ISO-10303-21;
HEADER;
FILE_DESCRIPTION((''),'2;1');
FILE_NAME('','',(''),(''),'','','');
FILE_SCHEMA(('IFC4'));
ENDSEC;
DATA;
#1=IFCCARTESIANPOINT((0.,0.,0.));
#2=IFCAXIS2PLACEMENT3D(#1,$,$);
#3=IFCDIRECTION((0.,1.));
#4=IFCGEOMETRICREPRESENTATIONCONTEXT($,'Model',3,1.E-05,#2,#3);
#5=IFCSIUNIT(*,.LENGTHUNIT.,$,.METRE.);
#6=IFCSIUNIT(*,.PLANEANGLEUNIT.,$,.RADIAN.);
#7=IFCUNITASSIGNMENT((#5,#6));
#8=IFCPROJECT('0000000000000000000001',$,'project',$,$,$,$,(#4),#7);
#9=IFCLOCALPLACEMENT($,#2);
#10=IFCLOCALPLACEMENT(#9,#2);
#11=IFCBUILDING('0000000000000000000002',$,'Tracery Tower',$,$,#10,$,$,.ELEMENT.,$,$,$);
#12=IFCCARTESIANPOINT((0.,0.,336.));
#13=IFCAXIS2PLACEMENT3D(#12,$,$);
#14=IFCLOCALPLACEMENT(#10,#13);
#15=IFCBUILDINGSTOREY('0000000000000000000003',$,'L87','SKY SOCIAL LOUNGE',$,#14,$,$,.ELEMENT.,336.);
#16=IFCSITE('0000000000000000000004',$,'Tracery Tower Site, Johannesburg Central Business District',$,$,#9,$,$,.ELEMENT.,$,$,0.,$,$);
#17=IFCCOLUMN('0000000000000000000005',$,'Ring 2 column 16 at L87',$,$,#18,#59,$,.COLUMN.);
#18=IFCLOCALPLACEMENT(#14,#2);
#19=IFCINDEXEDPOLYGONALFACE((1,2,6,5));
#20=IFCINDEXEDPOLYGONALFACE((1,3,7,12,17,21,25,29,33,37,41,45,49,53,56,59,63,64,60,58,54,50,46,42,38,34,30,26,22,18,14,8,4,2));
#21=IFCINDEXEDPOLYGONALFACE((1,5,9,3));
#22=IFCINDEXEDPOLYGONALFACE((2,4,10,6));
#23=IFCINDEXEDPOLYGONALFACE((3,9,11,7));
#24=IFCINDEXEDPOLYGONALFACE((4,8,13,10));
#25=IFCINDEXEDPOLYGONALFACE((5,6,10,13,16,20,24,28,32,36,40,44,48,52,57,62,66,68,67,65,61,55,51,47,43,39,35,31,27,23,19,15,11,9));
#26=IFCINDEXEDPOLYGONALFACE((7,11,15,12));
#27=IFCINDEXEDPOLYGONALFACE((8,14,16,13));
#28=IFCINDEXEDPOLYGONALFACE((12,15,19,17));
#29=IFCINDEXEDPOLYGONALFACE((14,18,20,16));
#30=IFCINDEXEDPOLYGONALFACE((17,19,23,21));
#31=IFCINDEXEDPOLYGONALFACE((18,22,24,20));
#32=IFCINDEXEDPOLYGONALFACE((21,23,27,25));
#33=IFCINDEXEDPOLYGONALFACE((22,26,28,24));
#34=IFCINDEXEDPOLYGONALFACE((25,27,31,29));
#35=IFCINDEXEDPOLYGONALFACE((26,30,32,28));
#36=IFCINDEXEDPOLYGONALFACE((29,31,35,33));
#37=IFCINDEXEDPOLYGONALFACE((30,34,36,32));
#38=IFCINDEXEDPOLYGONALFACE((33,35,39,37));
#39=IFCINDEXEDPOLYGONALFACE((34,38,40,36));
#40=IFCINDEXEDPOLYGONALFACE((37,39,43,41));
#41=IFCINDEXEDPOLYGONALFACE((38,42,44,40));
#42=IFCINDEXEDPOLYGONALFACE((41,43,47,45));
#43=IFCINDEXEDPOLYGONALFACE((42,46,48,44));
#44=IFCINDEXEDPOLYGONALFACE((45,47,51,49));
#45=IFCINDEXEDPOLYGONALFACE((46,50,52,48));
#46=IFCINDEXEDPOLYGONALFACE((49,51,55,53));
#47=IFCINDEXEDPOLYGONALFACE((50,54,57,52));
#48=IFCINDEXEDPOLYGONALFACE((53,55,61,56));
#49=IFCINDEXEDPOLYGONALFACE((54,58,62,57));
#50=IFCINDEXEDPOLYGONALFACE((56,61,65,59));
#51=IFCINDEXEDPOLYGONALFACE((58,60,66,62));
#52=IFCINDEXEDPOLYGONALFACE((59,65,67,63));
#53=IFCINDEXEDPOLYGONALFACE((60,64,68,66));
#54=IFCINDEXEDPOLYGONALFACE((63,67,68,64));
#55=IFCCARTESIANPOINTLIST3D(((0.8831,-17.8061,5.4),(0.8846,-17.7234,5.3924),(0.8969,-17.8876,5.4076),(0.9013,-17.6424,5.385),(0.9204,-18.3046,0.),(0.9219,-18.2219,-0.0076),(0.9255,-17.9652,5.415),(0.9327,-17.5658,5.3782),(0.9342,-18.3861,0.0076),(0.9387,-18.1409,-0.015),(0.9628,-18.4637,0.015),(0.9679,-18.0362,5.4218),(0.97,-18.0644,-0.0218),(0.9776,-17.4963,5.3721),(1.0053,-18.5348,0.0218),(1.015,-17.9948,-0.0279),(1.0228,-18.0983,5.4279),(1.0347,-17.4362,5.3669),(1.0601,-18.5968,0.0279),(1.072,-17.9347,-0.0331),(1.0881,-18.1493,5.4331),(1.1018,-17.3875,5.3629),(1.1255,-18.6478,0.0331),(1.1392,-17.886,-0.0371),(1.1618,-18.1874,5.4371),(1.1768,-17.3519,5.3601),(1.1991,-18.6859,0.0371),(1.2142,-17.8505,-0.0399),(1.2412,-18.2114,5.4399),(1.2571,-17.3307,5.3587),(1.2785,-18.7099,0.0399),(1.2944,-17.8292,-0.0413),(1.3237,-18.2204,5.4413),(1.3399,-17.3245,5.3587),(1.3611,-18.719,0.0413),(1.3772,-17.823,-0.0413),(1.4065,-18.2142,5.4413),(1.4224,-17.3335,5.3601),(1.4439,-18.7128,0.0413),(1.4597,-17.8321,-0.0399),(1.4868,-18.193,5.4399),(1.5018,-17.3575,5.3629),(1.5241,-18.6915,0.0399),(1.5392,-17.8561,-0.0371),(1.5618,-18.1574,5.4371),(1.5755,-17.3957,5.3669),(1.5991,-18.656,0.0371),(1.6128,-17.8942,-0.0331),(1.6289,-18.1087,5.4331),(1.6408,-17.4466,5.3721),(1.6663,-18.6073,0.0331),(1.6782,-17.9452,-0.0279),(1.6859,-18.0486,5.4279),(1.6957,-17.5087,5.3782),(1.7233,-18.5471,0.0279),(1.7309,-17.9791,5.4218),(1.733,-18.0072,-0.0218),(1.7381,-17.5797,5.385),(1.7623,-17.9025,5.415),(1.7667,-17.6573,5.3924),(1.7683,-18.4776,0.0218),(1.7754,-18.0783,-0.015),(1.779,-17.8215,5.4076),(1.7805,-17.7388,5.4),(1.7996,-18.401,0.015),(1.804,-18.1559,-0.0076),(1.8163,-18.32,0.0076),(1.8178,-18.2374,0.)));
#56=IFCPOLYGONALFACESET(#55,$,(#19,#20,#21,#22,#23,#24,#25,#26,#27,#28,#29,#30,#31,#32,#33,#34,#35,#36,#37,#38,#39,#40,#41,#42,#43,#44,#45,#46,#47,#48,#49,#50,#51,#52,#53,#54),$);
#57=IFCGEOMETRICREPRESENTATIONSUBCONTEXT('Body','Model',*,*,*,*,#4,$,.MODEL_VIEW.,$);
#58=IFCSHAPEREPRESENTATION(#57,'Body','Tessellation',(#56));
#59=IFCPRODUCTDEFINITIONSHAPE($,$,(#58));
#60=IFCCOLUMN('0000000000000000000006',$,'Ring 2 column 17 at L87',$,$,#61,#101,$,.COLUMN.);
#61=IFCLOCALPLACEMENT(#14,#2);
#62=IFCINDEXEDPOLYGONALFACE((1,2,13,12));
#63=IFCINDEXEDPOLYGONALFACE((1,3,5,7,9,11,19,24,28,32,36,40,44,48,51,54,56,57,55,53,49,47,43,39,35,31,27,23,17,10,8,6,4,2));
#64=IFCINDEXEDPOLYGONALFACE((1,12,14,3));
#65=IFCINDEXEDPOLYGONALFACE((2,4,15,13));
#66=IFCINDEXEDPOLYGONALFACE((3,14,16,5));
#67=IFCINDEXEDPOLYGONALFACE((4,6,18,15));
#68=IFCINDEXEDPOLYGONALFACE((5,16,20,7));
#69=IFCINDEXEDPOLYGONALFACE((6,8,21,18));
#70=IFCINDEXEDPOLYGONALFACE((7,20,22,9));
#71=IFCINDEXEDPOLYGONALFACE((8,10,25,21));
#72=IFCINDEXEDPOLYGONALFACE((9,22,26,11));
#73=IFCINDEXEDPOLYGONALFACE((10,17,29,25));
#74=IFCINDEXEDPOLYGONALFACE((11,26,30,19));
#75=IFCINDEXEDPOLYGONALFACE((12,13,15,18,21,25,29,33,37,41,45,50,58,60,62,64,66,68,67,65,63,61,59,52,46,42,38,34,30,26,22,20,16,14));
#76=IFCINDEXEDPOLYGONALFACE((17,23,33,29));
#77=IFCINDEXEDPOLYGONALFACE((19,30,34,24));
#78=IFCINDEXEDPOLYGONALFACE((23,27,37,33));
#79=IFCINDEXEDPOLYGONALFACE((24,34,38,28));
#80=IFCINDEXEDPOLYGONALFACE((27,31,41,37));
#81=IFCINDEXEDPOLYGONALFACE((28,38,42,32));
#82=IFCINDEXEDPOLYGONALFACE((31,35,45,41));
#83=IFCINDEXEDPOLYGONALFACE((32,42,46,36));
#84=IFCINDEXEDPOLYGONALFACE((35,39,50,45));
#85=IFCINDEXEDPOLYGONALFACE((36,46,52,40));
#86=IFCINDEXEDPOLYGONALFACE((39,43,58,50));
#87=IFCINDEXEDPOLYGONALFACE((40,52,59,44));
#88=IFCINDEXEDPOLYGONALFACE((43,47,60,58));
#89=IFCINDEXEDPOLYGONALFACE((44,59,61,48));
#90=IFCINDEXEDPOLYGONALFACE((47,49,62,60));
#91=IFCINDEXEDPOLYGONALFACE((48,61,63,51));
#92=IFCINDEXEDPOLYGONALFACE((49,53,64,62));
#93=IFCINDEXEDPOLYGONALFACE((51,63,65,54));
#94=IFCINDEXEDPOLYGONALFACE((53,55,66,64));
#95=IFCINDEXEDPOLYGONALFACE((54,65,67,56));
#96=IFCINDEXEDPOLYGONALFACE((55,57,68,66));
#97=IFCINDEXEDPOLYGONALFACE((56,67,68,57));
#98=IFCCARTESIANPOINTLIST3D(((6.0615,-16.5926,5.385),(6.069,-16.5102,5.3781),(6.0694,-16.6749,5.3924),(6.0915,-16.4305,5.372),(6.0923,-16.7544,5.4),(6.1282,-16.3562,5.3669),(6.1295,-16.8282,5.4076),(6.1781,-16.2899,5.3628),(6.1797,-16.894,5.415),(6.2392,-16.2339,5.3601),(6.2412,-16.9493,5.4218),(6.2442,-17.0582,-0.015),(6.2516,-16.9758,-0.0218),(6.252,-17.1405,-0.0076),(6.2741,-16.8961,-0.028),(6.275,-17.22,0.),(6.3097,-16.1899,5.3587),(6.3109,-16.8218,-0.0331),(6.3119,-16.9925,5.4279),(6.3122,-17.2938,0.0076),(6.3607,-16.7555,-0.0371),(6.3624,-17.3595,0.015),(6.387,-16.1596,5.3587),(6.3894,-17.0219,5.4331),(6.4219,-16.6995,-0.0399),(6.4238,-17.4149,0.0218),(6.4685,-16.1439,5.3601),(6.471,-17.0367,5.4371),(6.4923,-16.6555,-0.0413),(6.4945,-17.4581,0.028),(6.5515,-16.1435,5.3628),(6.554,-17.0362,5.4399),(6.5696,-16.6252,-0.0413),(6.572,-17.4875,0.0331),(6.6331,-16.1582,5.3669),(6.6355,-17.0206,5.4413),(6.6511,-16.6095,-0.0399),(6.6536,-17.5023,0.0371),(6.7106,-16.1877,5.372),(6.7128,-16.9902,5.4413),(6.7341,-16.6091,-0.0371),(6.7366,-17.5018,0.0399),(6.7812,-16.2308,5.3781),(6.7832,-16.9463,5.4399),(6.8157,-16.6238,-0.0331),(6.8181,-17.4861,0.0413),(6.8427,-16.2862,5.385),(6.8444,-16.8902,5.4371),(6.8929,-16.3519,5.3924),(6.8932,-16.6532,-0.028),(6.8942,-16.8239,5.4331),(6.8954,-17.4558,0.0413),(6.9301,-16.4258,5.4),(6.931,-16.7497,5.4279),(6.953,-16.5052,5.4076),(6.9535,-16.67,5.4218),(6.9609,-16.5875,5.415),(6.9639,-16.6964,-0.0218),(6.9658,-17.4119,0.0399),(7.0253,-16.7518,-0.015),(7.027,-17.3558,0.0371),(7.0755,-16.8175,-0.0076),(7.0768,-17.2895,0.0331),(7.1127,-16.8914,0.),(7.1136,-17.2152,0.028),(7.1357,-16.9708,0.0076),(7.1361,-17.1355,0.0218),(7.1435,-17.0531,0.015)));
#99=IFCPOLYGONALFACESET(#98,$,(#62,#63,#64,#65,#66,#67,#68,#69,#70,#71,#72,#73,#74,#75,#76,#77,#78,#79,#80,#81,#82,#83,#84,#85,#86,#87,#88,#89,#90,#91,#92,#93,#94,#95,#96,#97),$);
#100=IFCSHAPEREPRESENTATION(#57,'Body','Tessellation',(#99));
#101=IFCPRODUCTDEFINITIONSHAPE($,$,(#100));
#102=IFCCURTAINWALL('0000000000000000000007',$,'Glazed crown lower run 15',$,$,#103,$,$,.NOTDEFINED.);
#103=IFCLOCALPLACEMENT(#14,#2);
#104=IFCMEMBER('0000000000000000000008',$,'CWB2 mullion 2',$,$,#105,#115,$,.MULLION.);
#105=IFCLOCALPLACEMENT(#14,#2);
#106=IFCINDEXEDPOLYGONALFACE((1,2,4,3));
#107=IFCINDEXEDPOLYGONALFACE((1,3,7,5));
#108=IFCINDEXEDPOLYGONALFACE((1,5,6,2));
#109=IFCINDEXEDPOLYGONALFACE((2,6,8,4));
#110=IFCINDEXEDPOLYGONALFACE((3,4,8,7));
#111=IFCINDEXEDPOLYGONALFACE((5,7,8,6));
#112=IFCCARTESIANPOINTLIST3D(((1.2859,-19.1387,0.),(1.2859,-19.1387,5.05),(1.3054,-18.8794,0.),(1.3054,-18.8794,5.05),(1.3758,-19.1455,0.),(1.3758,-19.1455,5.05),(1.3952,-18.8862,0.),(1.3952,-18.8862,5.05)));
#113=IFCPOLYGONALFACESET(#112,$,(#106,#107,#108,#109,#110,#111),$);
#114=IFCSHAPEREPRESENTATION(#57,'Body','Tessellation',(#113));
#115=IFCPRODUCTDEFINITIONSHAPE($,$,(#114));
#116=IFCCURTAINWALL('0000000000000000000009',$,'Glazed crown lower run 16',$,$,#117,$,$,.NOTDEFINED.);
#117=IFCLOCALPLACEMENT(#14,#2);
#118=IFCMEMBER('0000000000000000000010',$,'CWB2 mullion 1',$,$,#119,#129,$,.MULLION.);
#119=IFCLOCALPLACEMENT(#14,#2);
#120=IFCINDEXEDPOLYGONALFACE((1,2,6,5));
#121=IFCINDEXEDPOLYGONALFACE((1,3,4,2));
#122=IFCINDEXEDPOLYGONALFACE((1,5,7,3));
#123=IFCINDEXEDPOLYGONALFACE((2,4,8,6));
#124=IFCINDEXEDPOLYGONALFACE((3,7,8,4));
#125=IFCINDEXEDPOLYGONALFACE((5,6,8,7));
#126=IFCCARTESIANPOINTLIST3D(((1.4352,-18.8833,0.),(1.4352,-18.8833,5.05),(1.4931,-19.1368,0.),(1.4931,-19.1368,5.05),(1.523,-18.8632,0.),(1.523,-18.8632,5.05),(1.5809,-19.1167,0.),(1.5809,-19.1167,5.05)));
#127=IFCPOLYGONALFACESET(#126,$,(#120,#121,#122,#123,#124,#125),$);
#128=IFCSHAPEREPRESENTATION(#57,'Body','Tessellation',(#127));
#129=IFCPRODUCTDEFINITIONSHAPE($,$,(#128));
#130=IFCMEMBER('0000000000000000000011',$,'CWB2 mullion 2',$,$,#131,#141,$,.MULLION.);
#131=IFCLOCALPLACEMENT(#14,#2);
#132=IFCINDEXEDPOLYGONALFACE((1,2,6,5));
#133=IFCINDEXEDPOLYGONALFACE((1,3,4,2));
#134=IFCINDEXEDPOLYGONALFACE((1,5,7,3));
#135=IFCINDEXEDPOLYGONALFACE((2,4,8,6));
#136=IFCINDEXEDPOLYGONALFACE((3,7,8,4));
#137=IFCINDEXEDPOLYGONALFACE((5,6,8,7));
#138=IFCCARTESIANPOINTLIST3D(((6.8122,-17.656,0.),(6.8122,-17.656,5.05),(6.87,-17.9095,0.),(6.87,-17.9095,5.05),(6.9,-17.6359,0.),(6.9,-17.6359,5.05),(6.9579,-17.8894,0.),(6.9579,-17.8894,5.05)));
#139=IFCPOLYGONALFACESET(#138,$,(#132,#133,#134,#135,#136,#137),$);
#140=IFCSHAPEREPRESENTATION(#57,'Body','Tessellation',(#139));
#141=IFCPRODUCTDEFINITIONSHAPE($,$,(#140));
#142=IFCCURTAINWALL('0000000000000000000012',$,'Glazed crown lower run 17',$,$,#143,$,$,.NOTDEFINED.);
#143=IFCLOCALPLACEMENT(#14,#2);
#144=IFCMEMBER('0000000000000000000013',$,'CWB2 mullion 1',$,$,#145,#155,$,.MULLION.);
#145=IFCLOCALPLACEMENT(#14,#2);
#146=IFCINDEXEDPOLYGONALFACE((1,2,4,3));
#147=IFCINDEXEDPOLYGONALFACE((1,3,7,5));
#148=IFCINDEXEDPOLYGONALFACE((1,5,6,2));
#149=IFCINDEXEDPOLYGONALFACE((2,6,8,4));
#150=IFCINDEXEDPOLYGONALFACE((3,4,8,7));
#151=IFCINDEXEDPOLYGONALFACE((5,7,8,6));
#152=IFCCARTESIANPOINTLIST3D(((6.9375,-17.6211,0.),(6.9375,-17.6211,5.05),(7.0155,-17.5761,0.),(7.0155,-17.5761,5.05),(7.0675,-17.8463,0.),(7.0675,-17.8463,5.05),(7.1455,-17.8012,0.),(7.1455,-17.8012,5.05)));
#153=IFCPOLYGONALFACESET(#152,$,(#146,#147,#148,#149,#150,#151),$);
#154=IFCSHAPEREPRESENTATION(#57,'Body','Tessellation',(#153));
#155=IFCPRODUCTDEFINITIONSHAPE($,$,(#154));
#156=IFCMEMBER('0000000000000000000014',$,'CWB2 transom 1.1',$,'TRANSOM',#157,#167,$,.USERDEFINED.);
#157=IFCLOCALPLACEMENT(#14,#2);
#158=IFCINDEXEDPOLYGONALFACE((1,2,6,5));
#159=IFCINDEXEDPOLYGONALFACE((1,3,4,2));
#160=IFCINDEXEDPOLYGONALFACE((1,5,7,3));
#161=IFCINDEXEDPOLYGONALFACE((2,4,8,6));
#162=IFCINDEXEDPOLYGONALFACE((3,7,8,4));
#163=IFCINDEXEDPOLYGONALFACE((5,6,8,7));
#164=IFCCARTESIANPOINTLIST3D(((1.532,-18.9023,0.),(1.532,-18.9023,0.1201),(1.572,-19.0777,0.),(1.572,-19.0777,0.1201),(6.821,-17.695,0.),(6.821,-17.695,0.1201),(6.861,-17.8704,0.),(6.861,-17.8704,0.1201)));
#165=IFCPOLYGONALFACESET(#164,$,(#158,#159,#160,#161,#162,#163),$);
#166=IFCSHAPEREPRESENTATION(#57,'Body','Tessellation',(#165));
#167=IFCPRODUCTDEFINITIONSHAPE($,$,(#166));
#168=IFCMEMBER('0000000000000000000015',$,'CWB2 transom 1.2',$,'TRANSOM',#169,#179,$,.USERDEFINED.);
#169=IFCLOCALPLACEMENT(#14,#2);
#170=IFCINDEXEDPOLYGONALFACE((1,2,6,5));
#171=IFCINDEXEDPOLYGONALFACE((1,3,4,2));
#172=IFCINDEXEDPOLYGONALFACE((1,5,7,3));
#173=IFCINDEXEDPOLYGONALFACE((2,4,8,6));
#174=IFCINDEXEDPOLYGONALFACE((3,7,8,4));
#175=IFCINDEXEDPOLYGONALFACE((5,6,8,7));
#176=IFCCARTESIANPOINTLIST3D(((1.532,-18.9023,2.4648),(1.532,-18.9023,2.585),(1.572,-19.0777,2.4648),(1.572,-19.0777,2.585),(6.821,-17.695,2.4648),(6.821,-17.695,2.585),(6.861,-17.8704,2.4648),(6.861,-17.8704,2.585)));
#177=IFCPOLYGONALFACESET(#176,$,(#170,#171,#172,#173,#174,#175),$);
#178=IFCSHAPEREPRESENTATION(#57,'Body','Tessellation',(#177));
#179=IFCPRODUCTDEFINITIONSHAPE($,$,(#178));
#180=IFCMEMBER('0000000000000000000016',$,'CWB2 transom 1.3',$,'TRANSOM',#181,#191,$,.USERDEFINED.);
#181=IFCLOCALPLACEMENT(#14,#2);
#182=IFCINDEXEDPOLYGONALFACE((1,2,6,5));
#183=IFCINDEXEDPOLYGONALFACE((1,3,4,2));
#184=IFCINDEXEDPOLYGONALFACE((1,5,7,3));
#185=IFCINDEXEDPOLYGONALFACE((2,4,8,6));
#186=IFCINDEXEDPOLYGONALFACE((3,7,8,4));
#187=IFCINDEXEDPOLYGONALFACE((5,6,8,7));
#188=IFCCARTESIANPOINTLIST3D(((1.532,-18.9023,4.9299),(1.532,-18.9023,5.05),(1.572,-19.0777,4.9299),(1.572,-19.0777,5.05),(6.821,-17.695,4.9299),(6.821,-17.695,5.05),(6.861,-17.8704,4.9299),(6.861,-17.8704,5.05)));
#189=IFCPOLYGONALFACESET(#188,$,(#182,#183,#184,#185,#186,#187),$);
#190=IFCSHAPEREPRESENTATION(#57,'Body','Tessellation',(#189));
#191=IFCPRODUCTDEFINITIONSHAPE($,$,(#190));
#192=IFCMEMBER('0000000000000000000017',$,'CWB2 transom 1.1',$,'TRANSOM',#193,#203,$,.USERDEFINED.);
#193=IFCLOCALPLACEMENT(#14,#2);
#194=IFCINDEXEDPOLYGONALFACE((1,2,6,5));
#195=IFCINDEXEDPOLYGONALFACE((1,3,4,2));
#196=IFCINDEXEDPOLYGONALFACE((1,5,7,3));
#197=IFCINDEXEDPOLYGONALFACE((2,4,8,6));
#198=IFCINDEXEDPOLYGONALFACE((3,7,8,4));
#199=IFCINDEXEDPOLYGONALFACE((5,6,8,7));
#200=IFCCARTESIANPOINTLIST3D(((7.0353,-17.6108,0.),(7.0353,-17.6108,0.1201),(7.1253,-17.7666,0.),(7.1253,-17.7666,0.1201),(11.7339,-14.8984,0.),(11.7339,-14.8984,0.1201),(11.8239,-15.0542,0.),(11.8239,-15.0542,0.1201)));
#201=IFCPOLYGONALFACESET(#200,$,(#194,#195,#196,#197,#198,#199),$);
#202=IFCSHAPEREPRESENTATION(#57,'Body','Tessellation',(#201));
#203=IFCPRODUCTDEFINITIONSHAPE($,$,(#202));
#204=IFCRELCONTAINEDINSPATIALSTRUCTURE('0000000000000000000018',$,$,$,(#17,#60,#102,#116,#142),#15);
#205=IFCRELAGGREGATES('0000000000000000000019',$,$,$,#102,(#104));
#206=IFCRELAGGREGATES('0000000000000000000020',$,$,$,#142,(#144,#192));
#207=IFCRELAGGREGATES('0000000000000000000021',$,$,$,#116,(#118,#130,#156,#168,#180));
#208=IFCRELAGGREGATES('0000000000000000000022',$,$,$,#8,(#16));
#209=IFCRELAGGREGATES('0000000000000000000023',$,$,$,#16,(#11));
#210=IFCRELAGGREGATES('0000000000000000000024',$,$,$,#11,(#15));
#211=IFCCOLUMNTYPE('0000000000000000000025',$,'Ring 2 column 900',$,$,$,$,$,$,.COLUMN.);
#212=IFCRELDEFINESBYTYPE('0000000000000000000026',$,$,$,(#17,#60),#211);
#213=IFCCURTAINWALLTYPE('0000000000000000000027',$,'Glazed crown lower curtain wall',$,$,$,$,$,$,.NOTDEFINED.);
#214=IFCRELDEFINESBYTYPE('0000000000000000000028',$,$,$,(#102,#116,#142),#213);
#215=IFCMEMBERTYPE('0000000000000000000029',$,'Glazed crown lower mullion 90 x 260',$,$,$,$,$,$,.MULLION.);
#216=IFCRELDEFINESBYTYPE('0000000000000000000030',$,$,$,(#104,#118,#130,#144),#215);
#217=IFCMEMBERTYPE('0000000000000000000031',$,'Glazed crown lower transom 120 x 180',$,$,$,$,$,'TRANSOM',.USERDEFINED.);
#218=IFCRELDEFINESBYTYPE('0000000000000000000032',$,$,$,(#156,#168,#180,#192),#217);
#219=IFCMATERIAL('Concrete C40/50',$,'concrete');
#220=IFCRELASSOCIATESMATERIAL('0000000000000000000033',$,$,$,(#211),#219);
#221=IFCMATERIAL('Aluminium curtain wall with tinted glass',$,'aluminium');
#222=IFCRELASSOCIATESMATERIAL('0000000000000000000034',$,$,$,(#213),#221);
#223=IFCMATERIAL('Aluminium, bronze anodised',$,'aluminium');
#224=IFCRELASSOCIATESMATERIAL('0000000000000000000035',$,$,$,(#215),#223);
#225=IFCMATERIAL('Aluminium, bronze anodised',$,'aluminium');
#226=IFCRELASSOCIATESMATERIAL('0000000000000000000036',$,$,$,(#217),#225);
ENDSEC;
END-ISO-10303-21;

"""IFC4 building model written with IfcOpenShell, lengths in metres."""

from ifc_helpers import new_model, si_unit, direction, frame, origin, origin_2d, place, context, subcontext, project, spatial, rectangle, circle, extrude, material, material_profile, profile_set, type_object, element, aggregate, save


model = new_model("IFC4")

# Units and contexts
model_context = context("Model", 3, precision=1e-05, world=origin(), true_north=direction((0.0, 1.0)))
body_context = subcontext(model_context, "Body", "Model", "MODEL_VIEW")
ifc_project = project(units=[si_unit("LENGTHUNIT", "METRE"), si_unit("PLANEANGLEUNIT", "RADIAN")], contexts=[model_context])

# Site, building, storey
site_placement = place(None, origin())
site = spatial("IfcSite", under=ifc_project, at=site_placement, Name="Tracery Tower Site, Johannesburg Central Business District", CompositionType="ELEMENT", RefElevation=0.0)
building_placement = place(site_placement, origin())
building = spatial("IfcBuilding", under=site, at=building_placement, Name="Tracery Tower", CompositionType="ELEMENT")
storey_placement = place(building_placement, frame((0.0, 0.0, 336.0)))
storey = spatial("IfcBuildingStorey", under=building, at=storey_placement, Name="L87", Description="SKY SOCIAL LOUNGE", CompositionType="ELEMENT", Elevation=336.0)

# Columns
ifc_material_1 = material(Name="Concrete C40/50", Category="concrete")
ifc_material_profile_1 = material_profile(ifc_material_1, circle(Radius=0.45, at=origin_2d()), Name="RC D900")
ifc_profile_set_1 = profile_set([ifc_material_profile_1], Name="Concrete C40/50")
column_type = type_object("IfcColumnType", Name="Ring 2 column 900", PredefinedType="COLUMN", material=ifc_profile_set_1)
for number, where, z_axis, x_axis, name in (
    (1, (1.3691, -18.271, 0.0), (-0.006888, 0.09193, 0.995742), (-0.997205, -0.074717, 0.0), "Ring 2 column 16 at L87"),
    (2, (6.6938, -17.0557, 0.0), (-0.033674, 0.085852, 0.995739), (-0.930947, -0.365154, 0.0), "Ring 2 column 17 at L87"),
):
    element("IfcColumn", number, at=place(storey_placement, frame(where, z_axis=z_axis, x_axis=x_axis)), inside=storey, type_object=column_type, Name=name, PredefinedType="COLUMN", context=body_context, shape_type="SweptSolid", body=[
        extrude(circle(Radius=0.45, at=origin_2d()), origin(), (0.0, 0.0, 1.0), 5.4231),
    ])

# Curtain wall, member
ifc_material_2 = material(Name="Aluminium curtain wall with tinted glass", Category="aluminium")
curtain_wall_type = type_object("IfcCurtainWallType", Name="Glazed crown lower curtain wall", PredefinedType="NOTDEFINED", material=ifc_material_2)
curtain_wall_1_placement = place(storey_placement, origin())
curtain_wall_1 = element("IfcCurtainWall", 3, at=curtain_wall_1_placement, inside=storey, type_object=curtain_wall_type, Name="Glazed crown lower run 15", PredefinedType="NOTDEFINED")
ifc_material_3 = material(Name="Aluminium, bronze anodised", Category="aluminium")
ifc_material_profile_2 = material_profile(ifc_material_3, rectangle(XDim=0.26, YDim=0.0901, at=origin_2d()), Name="Glazed crown lower mullion 90 x 260")
ifc_profile_set_2 = profile_set([ifc_material_profile_2], Name="Aluminium, bronze anodised")
member_type_1 = type_object("IfcMemberType", Name="Glazed crown lower mullion 90 x 260", PredefinedType="MULLION", material=ifc_profile_set_2)
member_1_placement = place(storey_placement, frame((1.3406, -19.0125, 0.0), z_axis=(0.0, 0.0, 1.0), x_axis=(0.074735, 0.997203, 0.0)))
member_1 = element("IfcMember", 4, at=member_1_placement, type_object=member_type_1, Name="CWB2 mullion 2", PredefinedType="MULLION", context=body_context, shape_type="SweptSolid", body=[
    extrude(rectangle(XDim=0.26, YDim=0.0901, at=origin_2d()), origin(), (0.0, 0.0, 1.0), 5.05),
])
aggregate(curtain_wall_1, [member_1])

# Curtain wall, members
curtain_wall_2_placement = place(storey_placement, origin())
curtain_wall_2 = element("IfcCurtainWall", 5, at=curtain_wall_2_placement, inside=storey, type_object=curtain_wall_type, Name="Glazed crown lower run 16", PredefinedType="NOTDEFINED")
member_2_placement = place(storey_placement, frame((1.5081, -19.0, 0.0), z_axis=(0.0, 0.0, 1.0), x_axis=(-0.222528, 0.974926, 0.0)))
member_2 = element("IfcMember", 6, at=member_2_placement, type_object=member_type_1, Name="CWB2 mullion 1", PredefinedType="MULLION", context=body_context, shape_type="SweptSolid", body=[
    extrude(rectangle(XDim=0.26, YDim=0.0901, at=origin_2d()), origin(), (0.0, 0.0, 1.0), 5.05),
])
member_3_placement = place(storey_placement, frame((6.885, -17.7727, 0.0), z_axis=(0.0, 0.0, 1.0), x_axis=(-0.222528, 0.974926, 0.0)))
member_3 = element("IfcMember", 7, at=member_3_placement, type_object=member_type_1, Name="CWB2 mullion 2", PredefinedType="MULLION", context=body_context, shape_type="SweptSolid", body=[
    extrude(rectangle(XDim=0.26, YDim=0.0901, at=origin_2d()), origin(), (0.0, 0.0, 1.0), 5.05),
])

# Curtain wall, member
curtain_wall_3_placement = place(storey_placement, origin())
curtain_wall_3 = element("IfcCurtainWall", 8, at=curtain_wall_3_placement, inside=storey, type_object=curtain_wall_type, Name="Glazed crown lower run 17", PredefinedType="NOTDEFINED")
member_4_placement = place(storey_placement, frame((7.0415, -17.7112, 0.0), z_axis=(0.0, 0.0, 1.0), x_axis=(-0.500004, 0.866023, 0.0)))
member_4 = element("IfcMember", 9, at=member_4_placement, type_object=member_type_1, Name="CWB2 mullion 1", PredefinedType="MULLION", context=body_context, shape_type="SweptSolid", body=[
    extrude(rectangle(XDim=0.26, YDim=0.0901, at=origin_2d()), origin(), (0.0, 0.0, 1.0), 5.05),
])

# Members
ifc_material_4 = material(Name="Aluminium, bronze anodised", Category="aluminium")
ifc_material_profile_3 = material_profile(ifc_material_4, rectangle(XDim=0.1799, YDim=0.1201, at=origin_2d()), Name="Glazed crown lower transom 120 x 180")
ifc_profile_set_3 = profile_set([ifc_material_profile_3], Name="Aluminium, bronze anodised")
member_type_2 = type_object("IfcMemberType", Name="Glazed crown lower transom 120 x 180", ElementType="TRANSOM", PredefinedType="USERDEFINED", material=ifc_profile_set_3)
member_5_placement = place(storey_placement, frame((1.552, -18.99, 0.0601), z_axis=(0.974925, 0.222535, 0.0), x_axis=(-0.222535, 0.974925, 0.0)))
member_5 = element("IfcMember", 10, at=member_5_placement, type_object=member_type_2, Name="CWB2 transom 1.1", ObjectType="TRANSOM", PredefinedType="USERDEFINED", context=body_context, shape_type="SweptSolid", body=[
    extrude(rectangle(XDim=0.1799, YDim=0.1201, at=origin_2d()), origin(), (0.0, 0.0, 1.0), 5.425),
])
member_6_placement = place(storey_placement, frame((1.552, -18.99, 2.5249), z_axis=(0.974925, 0.222535, 0.0), x_axis=(-0.222535, 0.974925, 0.0)))
member_6 = element("IfcMember", 11, at=member_6_placement, type_object=member_type_2, Name="CWB2 transom 1.2", ObjectType="TRANSOM", PredefinedType="USERDEFINED", context=body_context, shape_type="SweptSolid", body=[
    extrude(rectangle(XDim=0.1799, YDim=0.1201, at=origin_2d()), origin(), (0.0, 0.0, 1.0), 5.425),
])
member_7_placement = place(storey_placement, frame((1.552, -18.99, 4.99), z_axis=(0.974925, 0.222535, 0.0), x_axis=(-0.222535, 0.974925, 0.0)))
member_7 = element("IfcMember", 12, at=member_7_placement, type_object=member_type_2, Name="CWB2 transom 1.3", ObjectType="TRANSOM", PredefinedType="USERDEFINED", context=body_context, shape_type="SweptSolid", body=[
    extrude(rectangle(XDim=0.1799, YDim=0.1201, at=origin_2d()), origin(), (0.0, 0.0, 1.0), 5.425),
])
member_8_placement = place(storey_placement, frame((7.0803, -17.6887, 0.0601), z_axis=(0.866047, 0.499963, 0.0), x_axis=(-0.499963, 0.866047, 0.0)))
member_8 = element("IfcMember", 13, at=member_8_placement, type_object=member_type_2, Name="CWB2 transom 1.1", ObjectType="TRANSOM", PredefinedType="USERDEFINED", context=body_context, shape_type="SweptSolid", body=[
    extrude(rectangle(XDim=0.1799, YDim=0.1201, at=origin_2d()), origin(), (0.0, 0.0, 1.0), 5.4253),
])
aggregate(curtain_wall_3, [member_4, member_8])

aggregate(curtain_wall_2, [member_2, member_3, member_5, member_6, member_7])

save(model, "model.ifc")
